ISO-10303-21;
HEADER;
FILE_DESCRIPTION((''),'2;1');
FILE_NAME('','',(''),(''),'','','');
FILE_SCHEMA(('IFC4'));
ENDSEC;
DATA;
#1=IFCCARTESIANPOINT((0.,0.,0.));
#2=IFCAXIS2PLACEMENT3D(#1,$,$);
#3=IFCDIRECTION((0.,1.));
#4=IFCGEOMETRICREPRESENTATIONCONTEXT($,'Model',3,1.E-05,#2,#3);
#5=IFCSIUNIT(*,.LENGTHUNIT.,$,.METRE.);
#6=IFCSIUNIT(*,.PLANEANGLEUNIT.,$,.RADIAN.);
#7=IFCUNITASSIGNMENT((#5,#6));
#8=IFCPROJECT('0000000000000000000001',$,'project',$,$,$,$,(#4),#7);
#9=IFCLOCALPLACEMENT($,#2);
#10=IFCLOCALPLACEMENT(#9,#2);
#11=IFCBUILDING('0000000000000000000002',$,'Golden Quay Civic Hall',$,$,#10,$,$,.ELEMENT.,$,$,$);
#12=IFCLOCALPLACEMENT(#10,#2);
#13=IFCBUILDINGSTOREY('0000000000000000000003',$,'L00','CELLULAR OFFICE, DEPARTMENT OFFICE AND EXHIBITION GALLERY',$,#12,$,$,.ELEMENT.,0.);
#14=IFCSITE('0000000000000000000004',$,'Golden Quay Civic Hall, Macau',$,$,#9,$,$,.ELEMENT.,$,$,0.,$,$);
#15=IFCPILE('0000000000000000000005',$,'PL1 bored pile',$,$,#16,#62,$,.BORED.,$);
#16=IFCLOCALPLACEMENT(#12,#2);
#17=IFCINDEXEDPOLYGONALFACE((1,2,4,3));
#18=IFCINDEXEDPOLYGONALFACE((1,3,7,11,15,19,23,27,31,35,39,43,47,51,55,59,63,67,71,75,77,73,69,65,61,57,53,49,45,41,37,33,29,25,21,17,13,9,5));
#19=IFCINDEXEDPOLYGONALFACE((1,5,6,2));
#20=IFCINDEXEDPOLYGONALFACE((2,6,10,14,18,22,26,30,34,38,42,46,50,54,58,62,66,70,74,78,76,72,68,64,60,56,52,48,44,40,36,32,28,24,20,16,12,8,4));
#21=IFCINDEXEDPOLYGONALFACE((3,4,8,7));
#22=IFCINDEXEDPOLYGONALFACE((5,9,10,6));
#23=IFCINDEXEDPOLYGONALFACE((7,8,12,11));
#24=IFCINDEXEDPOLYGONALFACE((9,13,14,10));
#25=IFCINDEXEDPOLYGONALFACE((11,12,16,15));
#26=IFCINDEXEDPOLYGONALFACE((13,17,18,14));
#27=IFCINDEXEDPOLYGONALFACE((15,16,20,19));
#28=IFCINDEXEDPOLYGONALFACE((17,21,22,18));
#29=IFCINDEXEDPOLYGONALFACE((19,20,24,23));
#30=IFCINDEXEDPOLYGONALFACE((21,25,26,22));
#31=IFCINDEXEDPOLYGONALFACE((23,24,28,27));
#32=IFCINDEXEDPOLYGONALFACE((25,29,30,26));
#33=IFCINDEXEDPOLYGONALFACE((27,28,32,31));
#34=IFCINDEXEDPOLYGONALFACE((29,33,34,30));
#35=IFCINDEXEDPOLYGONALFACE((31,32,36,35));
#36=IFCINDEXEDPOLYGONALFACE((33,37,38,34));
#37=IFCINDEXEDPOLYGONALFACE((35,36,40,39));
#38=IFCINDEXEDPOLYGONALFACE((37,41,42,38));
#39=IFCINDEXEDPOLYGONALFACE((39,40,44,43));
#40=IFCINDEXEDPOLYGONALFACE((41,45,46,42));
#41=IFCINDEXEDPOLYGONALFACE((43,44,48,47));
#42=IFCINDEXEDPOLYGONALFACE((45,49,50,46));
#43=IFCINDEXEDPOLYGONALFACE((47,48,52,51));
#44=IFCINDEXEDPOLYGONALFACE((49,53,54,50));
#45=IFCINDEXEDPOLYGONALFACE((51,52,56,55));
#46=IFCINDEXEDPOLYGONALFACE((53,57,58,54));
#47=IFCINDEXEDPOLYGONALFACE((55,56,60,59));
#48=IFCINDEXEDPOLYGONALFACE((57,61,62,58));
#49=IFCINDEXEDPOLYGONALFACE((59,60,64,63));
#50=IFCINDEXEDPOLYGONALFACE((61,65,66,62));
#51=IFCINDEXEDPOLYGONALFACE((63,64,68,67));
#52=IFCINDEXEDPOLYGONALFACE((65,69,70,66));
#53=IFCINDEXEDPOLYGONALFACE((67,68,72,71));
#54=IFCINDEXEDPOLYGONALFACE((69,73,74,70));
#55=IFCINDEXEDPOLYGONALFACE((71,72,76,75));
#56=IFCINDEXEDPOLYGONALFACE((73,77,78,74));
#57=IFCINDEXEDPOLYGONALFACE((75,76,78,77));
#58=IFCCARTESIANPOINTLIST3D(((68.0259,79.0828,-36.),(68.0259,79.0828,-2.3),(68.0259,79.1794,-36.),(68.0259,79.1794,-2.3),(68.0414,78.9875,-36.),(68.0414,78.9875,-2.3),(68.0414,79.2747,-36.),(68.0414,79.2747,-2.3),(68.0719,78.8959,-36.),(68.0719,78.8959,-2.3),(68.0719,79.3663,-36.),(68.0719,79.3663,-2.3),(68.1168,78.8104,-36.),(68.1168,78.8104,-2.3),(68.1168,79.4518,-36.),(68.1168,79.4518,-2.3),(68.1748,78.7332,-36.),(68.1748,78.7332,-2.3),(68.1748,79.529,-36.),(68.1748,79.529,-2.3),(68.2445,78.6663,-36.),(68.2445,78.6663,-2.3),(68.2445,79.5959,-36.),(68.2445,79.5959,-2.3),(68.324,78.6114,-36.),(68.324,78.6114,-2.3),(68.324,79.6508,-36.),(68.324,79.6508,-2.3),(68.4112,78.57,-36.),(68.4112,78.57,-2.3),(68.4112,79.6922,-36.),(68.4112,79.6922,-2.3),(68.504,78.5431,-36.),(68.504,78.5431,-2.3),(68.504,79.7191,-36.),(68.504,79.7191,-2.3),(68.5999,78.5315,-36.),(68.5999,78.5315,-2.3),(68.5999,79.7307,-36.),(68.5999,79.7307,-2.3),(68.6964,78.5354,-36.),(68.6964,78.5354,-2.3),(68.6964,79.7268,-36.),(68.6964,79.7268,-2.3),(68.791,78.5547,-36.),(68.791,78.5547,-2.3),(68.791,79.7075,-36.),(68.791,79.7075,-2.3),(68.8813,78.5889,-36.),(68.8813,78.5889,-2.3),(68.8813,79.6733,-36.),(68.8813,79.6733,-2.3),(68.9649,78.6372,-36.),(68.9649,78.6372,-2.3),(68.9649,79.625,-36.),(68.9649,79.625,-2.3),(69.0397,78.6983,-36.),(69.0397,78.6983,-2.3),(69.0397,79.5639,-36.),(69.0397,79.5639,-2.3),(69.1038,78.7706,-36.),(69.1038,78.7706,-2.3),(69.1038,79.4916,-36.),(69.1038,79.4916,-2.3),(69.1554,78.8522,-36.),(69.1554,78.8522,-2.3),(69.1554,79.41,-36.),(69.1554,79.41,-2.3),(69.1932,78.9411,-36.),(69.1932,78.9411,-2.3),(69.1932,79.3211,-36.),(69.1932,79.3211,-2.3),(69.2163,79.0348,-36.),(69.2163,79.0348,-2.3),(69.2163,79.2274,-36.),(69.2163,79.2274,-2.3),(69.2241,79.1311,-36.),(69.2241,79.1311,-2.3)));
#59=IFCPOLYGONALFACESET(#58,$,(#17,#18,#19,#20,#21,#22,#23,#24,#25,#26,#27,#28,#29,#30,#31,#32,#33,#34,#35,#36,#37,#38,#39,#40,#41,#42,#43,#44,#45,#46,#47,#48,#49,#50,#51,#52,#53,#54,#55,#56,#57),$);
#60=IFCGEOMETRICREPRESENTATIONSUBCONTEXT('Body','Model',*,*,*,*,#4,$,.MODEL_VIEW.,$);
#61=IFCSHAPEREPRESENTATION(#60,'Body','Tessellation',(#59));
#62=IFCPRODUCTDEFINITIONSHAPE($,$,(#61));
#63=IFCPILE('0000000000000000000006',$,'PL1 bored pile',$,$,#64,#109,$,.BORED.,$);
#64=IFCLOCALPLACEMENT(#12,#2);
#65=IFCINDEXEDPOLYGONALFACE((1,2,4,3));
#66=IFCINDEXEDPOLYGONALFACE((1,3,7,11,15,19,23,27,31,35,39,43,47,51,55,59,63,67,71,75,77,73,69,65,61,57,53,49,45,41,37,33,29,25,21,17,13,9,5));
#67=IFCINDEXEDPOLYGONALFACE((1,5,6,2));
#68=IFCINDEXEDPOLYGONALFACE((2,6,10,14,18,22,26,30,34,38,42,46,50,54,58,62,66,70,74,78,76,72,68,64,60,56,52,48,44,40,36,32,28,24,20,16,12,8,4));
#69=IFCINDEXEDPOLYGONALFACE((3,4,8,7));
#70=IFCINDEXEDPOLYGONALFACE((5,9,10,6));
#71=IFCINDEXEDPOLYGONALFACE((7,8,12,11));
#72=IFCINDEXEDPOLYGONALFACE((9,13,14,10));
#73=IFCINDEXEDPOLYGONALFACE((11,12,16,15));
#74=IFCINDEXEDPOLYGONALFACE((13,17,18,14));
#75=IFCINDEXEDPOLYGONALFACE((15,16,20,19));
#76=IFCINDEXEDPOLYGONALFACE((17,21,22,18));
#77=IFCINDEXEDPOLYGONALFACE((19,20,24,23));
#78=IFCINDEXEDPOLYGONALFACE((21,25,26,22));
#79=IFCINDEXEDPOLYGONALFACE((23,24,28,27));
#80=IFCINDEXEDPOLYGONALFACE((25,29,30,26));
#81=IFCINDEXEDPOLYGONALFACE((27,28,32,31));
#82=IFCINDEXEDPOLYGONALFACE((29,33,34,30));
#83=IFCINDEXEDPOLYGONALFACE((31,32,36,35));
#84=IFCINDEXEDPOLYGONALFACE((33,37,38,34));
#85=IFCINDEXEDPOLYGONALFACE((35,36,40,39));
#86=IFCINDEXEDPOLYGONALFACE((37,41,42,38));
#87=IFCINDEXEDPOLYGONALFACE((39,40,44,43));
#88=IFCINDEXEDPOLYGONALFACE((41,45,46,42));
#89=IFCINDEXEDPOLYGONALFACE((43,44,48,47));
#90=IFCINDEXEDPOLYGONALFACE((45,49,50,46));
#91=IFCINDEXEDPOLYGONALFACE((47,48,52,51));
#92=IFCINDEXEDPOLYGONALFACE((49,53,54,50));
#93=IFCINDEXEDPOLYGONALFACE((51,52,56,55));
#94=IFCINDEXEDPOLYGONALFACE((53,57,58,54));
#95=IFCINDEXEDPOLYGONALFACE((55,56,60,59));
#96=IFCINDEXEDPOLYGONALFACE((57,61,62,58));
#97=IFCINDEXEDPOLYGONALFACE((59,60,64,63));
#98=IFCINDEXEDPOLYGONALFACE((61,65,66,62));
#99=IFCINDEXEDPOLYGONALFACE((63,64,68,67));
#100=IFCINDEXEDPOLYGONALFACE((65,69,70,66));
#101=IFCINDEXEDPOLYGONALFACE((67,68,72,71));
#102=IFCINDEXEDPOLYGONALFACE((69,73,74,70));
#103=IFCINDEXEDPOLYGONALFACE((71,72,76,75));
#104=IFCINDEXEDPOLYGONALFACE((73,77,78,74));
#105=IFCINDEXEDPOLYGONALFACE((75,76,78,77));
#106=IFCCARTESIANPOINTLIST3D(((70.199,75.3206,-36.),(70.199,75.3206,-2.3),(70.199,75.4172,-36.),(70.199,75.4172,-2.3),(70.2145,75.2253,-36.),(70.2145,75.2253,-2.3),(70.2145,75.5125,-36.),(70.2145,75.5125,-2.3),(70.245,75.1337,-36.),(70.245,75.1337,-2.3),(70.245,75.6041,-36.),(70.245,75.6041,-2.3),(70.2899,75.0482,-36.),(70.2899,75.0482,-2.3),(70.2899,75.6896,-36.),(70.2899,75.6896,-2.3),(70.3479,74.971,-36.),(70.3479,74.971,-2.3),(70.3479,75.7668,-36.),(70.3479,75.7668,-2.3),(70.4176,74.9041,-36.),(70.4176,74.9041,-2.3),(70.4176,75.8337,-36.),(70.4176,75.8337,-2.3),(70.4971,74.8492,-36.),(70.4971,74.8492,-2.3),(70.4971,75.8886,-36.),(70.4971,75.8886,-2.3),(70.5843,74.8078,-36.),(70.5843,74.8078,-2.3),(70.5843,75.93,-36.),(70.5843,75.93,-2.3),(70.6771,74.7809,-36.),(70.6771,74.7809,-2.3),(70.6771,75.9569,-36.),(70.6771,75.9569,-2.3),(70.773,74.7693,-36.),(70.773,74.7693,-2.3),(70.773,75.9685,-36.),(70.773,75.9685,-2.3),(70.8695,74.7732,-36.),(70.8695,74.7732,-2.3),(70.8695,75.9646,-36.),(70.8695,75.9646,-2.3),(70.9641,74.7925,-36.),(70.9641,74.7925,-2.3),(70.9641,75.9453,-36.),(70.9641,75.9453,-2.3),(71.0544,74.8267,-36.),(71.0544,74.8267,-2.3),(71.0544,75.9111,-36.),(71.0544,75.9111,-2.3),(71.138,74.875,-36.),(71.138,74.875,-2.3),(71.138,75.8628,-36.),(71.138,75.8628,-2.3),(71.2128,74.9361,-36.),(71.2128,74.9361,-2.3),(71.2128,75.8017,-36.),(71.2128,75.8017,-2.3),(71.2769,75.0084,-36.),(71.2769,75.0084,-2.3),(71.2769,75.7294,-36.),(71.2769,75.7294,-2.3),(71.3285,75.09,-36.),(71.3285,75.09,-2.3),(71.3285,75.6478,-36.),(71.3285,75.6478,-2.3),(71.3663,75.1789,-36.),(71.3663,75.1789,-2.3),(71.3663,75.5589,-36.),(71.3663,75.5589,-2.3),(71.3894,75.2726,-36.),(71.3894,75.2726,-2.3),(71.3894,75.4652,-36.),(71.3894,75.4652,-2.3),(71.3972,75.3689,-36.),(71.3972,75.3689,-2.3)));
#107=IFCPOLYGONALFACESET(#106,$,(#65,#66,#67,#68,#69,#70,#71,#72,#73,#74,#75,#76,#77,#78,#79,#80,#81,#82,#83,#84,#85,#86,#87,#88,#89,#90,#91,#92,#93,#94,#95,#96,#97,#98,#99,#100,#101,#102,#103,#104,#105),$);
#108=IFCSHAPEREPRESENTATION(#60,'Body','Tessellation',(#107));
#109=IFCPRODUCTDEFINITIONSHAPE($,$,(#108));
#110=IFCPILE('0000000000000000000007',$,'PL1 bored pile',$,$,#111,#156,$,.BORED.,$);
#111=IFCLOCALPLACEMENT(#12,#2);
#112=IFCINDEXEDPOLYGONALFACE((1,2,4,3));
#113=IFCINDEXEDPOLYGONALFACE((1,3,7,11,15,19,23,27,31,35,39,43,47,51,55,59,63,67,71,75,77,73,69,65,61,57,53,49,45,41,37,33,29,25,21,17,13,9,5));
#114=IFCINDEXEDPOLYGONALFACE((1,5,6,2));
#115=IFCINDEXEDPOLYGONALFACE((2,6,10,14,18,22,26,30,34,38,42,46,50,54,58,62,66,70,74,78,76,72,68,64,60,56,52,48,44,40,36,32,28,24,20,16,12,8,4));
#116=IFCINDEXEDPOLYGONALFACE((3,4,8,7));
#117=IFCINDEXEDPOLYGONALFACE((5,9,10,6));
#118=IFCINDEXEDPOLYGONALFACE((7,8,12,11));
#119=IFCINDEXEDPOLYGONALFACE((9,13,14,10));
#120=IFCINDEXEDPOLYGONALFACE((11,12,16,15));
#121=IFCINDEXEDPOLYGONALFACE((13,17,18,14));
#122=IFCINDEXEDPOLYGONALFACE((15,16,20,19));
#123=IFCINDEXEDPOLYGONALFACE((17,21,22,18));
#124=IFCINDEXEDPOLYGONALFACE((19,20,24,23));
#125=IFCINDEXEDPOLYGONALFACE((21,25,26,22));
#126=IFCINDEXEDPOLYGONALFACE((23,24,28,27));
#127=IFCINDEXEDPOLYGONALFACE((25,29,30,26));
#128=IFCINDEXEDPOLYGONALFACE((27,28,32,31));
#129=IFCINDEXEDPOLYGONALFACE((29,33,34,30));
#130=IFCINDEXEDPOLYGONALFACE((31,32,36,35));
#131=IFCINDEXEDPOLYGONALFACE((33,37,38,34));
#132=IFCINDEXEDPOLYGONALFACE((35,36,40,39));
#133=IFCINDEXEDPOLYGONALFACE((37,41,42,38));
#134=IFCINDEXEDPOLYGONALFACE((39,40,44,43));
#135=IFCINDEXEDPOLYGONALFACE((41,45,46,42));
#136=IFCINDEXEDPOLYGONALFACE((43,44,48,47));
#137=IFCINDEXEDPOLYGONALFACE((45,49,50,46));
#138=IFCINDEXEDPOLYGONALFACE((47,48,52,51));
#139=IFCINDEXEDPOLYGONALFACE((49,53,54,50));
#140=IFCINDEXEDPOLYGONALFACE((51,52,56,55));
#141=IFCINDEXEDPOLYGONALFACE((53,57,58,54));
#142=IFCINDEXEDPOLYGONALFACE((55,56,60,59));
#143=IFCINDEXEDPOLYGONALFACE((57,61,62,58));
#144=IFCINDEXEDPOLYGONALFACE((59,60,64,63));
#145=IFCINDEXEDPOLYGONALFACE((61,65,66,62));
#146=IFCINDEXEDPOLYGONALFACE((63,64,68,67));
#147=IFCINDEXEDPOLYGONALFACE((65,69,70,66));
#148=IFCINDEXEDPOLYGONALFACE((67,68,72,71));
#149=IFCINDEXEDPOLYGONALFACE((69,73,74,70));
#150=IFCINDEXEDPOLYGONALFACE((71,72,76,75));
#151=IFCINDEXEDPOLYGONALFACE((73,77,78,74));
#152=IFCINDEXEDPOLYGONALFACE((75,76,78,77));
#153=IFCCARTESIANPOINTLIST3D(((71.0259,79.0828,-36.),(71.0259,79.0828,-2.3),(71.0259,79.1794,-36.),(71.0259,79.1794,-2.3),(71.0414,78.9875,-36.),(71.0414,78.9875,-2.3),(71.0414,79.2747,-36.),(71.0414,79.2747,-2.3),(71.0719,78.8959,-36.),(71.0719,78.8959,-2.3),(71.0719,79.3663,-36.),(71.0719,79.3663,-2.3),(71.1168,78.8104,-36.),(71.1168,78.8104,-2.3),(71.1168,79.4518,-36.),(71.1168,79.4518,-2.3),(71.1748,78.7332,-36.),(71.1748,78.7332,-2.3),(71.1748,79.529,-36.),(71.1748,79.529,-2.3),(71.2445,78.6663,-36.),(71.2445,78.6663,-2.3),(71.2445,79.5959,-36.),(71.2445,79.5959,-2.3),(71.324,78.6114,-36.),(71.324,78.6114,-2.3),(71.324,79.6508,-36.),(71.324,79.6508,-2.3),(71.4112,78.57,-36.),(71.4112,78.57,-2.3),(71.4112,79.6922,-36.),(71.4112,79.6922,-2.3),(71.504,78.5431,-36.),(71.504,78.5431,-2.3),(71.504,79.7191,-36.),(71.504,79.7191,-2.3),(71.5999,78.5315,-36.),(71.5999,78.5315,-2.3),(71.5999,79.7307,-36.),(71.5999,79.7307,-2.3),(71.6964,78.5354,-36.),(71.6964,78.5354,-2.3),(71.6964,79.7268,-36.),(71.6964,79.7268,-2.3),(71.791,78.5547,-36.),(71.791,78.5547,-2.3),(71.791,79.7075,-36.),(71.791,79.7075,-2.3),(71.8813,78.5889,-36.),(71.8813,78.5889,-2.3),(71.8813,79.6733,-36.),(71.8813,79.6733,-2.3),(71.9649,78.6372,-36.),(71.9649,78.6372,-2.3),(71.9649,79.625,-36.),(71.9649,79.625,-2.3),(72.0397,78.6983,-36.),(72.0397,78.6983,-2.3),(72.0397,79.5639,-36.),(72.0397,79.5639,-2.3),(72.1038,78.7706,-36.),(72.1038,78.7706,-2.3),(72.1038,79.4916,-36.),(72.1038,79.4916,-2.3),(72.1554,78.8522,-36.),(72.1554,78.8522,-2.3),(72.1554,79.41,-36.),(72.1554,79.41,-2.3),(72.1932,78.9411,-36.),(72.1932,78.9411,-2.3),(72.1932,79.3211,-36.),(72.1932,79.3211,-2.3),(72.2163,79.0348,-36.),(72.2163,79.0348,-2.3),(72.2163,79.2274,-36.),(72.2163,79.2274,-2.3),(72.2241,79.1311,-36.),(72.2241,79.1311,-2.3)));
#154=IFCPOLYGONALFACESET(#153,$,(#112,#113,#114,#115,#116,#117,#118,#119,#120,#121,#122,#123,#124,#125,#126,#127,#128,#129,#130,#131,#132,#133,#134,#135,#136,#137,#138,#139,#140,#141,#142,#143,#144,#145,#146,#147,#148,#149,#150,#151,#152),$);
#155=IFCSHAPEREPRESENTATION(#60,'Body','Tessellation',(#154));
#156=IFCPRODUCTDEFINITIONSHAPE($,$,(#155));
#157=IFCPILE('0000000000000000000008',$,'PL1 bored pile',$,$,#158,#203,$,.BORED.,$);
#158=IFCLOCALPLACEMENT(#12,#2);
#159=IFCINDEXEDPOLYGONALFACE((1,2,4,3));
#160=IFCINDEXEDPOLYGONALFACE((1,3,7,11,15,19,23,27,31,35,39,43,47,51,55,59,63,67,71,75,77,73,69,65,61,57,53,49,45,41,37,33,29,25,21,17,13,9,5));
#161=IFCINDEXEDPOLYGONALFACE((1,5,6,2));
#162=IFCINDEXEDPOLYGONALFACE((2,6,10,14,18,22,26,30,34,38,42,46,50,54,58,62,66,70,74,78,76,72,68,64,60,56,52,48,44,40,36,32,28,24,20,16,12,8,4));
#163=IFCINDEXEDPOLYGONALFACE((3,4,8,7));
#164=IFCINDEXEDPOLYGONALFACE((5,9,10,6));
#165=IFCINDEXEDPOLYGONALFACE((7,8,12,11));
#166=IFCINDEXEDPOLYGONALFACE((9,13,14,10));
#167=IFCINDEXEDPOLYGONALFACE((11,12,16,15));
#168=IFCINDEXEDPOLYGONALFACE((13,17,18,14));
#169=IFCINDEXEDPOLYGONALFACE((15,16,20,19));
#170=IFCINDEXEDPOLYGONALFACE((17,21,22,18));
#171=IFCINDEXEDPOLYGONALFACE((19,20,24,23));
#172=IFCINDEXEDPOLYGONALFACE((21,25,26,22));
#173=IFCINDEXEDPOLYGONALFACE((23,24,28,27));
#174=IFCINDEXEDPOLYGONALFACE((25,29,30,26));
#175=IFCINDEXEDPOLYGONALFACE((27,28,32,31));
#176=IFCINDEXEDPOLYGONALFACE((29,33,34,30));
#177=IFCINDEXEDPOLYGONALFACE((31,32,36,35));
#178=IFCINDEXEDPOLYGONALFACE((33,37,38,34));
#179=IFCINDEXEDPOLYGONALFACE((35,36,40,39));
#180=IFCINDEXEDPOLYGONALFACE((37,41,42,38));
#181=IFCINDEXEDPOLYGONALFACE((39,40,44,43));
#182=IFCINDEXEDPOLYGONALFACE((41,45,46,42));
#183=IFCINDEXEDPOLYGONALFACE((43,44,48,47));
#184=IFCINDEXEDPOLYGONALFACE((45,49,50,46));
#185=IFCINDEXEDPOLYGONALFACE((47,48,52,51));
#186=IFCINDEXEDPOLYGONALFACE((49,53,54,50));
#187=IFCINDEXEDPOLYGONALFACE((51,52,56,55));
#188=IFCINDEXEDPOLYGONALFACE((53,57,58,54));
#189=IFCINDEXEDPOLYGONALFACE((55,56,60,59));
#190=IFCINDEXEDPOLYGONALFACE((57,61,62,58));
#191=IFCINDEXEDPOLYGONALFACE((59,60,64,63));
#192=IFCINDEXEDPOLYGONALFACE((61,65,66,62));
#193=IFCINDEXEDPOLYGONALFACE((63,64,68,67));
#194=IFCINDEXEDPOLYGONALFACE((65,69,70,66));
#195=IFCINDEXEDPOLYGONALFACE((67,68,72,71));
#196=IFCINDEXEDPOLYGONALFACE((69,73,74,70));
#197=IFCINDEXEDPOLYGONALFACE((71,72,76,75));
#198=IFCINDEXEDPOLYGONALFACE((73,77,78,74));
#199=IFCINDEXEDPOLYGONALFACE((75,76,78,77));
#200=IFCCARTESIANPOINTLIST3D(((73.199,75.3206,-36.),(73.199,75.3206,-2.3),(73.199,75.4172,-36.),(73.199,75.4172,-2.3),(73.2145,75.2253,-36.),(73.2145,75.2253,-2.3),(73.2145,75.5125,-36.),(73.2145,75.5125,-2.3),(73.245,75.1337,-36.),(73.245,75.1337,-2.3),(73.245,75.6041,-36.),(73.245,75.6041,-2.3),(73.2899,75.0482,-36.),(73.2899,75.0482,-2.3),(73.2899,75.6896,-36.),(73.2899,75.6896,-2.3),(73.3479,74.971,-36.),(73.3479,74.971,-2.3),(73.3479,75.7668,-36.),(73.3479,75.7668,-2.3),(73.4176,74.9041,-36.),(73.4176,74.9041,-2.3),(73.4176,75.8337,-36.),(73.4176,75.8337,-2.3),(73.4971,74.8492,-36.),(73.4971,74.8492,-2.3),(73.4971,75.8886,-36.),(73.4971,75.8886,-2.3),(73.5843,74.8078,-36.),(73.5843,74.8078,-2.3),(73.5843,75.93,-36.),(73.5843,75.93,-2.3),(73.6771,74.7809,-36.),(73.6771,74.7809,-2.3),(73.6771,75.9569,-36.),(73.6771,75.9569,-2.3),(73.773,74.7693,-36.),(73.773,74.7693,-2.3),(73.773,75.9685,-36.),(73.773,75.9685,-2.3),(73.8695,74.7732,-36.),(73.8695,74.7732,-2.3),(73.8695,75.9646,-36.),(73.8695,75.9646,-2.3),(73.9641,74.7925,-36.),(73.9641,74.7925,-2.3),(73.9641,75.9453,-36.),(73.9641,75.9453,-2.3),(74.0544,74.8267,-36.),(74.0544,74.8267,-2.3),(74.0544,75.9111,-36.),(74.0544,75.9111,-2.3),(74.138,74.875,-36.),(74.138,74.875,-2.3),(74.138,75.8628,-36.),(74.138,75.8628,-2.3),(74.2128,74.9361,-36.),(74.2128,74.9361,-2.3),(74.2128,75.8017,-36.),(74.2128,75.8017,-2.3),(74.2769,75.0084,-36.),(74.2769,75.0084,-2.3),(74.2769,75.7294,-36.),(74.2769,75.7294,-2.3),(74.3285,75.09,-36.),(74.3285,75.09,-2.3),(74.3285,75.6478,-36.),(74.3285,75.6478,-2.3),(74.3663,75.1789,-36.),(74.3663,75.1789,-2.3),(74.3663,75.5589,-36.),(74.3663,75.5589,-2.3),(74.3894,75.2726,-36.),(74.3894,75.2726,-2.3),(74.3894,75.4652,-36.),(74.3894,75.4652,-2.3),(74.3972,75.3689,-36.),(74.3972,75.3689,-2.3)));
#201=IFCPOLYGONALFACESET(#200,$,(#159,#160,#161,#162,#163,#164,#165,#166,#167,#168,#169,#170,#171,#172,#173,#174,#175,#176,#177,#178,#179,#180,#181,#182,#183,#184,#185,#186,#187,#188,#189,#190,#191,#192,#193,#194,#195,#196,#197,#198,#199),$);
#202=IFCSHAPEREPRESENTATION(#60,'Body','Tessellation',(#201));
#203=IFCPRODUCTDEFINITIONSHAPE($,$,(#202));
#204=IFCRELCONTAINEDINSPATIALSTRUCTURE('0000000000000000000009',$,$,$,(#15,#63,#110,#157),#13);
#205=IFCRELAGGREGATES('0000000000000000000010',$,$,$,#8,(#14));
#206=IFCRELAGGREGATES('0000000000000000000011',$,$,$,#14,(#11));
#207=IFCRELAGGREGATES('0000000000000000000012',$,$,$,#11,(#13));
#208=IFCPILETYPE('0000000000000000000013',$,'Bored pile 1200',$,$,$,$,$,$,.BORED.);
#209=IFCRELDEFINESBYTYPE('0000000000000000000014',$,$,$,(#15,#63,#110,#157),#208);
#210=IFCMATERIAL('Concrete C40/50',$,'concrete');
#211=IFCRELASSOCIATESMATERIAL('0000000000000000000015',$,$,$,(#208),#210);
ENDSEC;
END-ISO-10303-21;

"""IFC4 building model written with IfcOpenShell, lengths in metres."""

from ifc_helpers import new_model, si_unit, direction, frame, origin, origin_2d, place, context, subcontext, project, spatial, circle, extrude, material, material_profile, profile_set, type_object, element, save


model = new_model("IFC4")

# Units and contexts
model_context = context("Model", 3, precision=1e-05, world=origin(), true_north=direction((0.0, 1.0)))
body_context = subcontext(model_context, "Body", "Model", "MODEL_VIEW")
ifc_project = project(units=[si_unit("LENGTHUNIT", "METRE"), si_unit("PLANEANGLEUNIT", "RADIAN")], contexts=[model_context])

# Site, building, storey
site_placement = place(None, origin())
site = spatial("IfcSite", under=ifc_project, at=site_placement, Name="Golden Quay Civic Hall, Macau", CompositionType="ELEMENT", RefElevation=0.0)
building_placement = place(site_placement, origin())
building = spatial("IfcBuilding", under=site, at=building_placement, Name="Golden Quay Civic Hall", CompositionType="ELEMENT")
storey_placement = place(building_placement, origin())
storey = spatial("IfcBuildingStorey", under=building, at=storey_placement, Name="L00", Description="CELLULAR OFFICE, DEPARTMENT OFFICE AND EXHIBITION GALLERY", CompositionType="ELEMENT", Elevation=0.0)

# Piles
ifc_material_1 = material(Name="Concrete C40/50", Category="concrete")
ifc_material_profile_1 = material_profile(ifc_material_1, circle(Radius=0.6001, at=origin_2d()), Name="RC D1200")
ifc_profile_set_1 = profile_set([ifc_material_profile_1], Name="Concrete C40/50")
pile_type_1 = type_object("IfcPileType", Name="Bored pile 1200", PredefinedType="BORED", material=ifc_profile_set_1)
for number, where, z_axis, x_axis, name in (
    (1, (68.624, 79.1311, -2.3), (0.0, 0.0, -1.0), (1.0, 0.0, 0.0), "PL1 bored pile"),
    (2, (70.7971, 75.3689, -2.3), (0.0, 0.0, -1.0), (1.0, 0.0, 0.0), "PL1 bored pile"),
    (3, (71.624, 79.1311, -2.3), (0.0, 0.0, -1.0), (1.0, 0.0, 0.0), "PL1 bored pile"),
    (4, (73.7971, 75.3689, -2.3), (0.0, 0.0, -1.0), (1.0, 0.0, 0.0), "PL1 bored pile"),
):
    element("IfcPile", number, at=place(storey_placement, frame(where, z_axis=z_axis, x_axis=x_axis)), inside=storey, type_object=pile_type_1, Name=name, PredefinedType="BORED", context=body_context, shape_type="SweptSolid", body=[
        extrude(circle(Radius=0.6001, at=origin_2d()), origin(), (0.0, 0.0, 1.0), 33.7),
    ])

save(model, "model.ifc")
